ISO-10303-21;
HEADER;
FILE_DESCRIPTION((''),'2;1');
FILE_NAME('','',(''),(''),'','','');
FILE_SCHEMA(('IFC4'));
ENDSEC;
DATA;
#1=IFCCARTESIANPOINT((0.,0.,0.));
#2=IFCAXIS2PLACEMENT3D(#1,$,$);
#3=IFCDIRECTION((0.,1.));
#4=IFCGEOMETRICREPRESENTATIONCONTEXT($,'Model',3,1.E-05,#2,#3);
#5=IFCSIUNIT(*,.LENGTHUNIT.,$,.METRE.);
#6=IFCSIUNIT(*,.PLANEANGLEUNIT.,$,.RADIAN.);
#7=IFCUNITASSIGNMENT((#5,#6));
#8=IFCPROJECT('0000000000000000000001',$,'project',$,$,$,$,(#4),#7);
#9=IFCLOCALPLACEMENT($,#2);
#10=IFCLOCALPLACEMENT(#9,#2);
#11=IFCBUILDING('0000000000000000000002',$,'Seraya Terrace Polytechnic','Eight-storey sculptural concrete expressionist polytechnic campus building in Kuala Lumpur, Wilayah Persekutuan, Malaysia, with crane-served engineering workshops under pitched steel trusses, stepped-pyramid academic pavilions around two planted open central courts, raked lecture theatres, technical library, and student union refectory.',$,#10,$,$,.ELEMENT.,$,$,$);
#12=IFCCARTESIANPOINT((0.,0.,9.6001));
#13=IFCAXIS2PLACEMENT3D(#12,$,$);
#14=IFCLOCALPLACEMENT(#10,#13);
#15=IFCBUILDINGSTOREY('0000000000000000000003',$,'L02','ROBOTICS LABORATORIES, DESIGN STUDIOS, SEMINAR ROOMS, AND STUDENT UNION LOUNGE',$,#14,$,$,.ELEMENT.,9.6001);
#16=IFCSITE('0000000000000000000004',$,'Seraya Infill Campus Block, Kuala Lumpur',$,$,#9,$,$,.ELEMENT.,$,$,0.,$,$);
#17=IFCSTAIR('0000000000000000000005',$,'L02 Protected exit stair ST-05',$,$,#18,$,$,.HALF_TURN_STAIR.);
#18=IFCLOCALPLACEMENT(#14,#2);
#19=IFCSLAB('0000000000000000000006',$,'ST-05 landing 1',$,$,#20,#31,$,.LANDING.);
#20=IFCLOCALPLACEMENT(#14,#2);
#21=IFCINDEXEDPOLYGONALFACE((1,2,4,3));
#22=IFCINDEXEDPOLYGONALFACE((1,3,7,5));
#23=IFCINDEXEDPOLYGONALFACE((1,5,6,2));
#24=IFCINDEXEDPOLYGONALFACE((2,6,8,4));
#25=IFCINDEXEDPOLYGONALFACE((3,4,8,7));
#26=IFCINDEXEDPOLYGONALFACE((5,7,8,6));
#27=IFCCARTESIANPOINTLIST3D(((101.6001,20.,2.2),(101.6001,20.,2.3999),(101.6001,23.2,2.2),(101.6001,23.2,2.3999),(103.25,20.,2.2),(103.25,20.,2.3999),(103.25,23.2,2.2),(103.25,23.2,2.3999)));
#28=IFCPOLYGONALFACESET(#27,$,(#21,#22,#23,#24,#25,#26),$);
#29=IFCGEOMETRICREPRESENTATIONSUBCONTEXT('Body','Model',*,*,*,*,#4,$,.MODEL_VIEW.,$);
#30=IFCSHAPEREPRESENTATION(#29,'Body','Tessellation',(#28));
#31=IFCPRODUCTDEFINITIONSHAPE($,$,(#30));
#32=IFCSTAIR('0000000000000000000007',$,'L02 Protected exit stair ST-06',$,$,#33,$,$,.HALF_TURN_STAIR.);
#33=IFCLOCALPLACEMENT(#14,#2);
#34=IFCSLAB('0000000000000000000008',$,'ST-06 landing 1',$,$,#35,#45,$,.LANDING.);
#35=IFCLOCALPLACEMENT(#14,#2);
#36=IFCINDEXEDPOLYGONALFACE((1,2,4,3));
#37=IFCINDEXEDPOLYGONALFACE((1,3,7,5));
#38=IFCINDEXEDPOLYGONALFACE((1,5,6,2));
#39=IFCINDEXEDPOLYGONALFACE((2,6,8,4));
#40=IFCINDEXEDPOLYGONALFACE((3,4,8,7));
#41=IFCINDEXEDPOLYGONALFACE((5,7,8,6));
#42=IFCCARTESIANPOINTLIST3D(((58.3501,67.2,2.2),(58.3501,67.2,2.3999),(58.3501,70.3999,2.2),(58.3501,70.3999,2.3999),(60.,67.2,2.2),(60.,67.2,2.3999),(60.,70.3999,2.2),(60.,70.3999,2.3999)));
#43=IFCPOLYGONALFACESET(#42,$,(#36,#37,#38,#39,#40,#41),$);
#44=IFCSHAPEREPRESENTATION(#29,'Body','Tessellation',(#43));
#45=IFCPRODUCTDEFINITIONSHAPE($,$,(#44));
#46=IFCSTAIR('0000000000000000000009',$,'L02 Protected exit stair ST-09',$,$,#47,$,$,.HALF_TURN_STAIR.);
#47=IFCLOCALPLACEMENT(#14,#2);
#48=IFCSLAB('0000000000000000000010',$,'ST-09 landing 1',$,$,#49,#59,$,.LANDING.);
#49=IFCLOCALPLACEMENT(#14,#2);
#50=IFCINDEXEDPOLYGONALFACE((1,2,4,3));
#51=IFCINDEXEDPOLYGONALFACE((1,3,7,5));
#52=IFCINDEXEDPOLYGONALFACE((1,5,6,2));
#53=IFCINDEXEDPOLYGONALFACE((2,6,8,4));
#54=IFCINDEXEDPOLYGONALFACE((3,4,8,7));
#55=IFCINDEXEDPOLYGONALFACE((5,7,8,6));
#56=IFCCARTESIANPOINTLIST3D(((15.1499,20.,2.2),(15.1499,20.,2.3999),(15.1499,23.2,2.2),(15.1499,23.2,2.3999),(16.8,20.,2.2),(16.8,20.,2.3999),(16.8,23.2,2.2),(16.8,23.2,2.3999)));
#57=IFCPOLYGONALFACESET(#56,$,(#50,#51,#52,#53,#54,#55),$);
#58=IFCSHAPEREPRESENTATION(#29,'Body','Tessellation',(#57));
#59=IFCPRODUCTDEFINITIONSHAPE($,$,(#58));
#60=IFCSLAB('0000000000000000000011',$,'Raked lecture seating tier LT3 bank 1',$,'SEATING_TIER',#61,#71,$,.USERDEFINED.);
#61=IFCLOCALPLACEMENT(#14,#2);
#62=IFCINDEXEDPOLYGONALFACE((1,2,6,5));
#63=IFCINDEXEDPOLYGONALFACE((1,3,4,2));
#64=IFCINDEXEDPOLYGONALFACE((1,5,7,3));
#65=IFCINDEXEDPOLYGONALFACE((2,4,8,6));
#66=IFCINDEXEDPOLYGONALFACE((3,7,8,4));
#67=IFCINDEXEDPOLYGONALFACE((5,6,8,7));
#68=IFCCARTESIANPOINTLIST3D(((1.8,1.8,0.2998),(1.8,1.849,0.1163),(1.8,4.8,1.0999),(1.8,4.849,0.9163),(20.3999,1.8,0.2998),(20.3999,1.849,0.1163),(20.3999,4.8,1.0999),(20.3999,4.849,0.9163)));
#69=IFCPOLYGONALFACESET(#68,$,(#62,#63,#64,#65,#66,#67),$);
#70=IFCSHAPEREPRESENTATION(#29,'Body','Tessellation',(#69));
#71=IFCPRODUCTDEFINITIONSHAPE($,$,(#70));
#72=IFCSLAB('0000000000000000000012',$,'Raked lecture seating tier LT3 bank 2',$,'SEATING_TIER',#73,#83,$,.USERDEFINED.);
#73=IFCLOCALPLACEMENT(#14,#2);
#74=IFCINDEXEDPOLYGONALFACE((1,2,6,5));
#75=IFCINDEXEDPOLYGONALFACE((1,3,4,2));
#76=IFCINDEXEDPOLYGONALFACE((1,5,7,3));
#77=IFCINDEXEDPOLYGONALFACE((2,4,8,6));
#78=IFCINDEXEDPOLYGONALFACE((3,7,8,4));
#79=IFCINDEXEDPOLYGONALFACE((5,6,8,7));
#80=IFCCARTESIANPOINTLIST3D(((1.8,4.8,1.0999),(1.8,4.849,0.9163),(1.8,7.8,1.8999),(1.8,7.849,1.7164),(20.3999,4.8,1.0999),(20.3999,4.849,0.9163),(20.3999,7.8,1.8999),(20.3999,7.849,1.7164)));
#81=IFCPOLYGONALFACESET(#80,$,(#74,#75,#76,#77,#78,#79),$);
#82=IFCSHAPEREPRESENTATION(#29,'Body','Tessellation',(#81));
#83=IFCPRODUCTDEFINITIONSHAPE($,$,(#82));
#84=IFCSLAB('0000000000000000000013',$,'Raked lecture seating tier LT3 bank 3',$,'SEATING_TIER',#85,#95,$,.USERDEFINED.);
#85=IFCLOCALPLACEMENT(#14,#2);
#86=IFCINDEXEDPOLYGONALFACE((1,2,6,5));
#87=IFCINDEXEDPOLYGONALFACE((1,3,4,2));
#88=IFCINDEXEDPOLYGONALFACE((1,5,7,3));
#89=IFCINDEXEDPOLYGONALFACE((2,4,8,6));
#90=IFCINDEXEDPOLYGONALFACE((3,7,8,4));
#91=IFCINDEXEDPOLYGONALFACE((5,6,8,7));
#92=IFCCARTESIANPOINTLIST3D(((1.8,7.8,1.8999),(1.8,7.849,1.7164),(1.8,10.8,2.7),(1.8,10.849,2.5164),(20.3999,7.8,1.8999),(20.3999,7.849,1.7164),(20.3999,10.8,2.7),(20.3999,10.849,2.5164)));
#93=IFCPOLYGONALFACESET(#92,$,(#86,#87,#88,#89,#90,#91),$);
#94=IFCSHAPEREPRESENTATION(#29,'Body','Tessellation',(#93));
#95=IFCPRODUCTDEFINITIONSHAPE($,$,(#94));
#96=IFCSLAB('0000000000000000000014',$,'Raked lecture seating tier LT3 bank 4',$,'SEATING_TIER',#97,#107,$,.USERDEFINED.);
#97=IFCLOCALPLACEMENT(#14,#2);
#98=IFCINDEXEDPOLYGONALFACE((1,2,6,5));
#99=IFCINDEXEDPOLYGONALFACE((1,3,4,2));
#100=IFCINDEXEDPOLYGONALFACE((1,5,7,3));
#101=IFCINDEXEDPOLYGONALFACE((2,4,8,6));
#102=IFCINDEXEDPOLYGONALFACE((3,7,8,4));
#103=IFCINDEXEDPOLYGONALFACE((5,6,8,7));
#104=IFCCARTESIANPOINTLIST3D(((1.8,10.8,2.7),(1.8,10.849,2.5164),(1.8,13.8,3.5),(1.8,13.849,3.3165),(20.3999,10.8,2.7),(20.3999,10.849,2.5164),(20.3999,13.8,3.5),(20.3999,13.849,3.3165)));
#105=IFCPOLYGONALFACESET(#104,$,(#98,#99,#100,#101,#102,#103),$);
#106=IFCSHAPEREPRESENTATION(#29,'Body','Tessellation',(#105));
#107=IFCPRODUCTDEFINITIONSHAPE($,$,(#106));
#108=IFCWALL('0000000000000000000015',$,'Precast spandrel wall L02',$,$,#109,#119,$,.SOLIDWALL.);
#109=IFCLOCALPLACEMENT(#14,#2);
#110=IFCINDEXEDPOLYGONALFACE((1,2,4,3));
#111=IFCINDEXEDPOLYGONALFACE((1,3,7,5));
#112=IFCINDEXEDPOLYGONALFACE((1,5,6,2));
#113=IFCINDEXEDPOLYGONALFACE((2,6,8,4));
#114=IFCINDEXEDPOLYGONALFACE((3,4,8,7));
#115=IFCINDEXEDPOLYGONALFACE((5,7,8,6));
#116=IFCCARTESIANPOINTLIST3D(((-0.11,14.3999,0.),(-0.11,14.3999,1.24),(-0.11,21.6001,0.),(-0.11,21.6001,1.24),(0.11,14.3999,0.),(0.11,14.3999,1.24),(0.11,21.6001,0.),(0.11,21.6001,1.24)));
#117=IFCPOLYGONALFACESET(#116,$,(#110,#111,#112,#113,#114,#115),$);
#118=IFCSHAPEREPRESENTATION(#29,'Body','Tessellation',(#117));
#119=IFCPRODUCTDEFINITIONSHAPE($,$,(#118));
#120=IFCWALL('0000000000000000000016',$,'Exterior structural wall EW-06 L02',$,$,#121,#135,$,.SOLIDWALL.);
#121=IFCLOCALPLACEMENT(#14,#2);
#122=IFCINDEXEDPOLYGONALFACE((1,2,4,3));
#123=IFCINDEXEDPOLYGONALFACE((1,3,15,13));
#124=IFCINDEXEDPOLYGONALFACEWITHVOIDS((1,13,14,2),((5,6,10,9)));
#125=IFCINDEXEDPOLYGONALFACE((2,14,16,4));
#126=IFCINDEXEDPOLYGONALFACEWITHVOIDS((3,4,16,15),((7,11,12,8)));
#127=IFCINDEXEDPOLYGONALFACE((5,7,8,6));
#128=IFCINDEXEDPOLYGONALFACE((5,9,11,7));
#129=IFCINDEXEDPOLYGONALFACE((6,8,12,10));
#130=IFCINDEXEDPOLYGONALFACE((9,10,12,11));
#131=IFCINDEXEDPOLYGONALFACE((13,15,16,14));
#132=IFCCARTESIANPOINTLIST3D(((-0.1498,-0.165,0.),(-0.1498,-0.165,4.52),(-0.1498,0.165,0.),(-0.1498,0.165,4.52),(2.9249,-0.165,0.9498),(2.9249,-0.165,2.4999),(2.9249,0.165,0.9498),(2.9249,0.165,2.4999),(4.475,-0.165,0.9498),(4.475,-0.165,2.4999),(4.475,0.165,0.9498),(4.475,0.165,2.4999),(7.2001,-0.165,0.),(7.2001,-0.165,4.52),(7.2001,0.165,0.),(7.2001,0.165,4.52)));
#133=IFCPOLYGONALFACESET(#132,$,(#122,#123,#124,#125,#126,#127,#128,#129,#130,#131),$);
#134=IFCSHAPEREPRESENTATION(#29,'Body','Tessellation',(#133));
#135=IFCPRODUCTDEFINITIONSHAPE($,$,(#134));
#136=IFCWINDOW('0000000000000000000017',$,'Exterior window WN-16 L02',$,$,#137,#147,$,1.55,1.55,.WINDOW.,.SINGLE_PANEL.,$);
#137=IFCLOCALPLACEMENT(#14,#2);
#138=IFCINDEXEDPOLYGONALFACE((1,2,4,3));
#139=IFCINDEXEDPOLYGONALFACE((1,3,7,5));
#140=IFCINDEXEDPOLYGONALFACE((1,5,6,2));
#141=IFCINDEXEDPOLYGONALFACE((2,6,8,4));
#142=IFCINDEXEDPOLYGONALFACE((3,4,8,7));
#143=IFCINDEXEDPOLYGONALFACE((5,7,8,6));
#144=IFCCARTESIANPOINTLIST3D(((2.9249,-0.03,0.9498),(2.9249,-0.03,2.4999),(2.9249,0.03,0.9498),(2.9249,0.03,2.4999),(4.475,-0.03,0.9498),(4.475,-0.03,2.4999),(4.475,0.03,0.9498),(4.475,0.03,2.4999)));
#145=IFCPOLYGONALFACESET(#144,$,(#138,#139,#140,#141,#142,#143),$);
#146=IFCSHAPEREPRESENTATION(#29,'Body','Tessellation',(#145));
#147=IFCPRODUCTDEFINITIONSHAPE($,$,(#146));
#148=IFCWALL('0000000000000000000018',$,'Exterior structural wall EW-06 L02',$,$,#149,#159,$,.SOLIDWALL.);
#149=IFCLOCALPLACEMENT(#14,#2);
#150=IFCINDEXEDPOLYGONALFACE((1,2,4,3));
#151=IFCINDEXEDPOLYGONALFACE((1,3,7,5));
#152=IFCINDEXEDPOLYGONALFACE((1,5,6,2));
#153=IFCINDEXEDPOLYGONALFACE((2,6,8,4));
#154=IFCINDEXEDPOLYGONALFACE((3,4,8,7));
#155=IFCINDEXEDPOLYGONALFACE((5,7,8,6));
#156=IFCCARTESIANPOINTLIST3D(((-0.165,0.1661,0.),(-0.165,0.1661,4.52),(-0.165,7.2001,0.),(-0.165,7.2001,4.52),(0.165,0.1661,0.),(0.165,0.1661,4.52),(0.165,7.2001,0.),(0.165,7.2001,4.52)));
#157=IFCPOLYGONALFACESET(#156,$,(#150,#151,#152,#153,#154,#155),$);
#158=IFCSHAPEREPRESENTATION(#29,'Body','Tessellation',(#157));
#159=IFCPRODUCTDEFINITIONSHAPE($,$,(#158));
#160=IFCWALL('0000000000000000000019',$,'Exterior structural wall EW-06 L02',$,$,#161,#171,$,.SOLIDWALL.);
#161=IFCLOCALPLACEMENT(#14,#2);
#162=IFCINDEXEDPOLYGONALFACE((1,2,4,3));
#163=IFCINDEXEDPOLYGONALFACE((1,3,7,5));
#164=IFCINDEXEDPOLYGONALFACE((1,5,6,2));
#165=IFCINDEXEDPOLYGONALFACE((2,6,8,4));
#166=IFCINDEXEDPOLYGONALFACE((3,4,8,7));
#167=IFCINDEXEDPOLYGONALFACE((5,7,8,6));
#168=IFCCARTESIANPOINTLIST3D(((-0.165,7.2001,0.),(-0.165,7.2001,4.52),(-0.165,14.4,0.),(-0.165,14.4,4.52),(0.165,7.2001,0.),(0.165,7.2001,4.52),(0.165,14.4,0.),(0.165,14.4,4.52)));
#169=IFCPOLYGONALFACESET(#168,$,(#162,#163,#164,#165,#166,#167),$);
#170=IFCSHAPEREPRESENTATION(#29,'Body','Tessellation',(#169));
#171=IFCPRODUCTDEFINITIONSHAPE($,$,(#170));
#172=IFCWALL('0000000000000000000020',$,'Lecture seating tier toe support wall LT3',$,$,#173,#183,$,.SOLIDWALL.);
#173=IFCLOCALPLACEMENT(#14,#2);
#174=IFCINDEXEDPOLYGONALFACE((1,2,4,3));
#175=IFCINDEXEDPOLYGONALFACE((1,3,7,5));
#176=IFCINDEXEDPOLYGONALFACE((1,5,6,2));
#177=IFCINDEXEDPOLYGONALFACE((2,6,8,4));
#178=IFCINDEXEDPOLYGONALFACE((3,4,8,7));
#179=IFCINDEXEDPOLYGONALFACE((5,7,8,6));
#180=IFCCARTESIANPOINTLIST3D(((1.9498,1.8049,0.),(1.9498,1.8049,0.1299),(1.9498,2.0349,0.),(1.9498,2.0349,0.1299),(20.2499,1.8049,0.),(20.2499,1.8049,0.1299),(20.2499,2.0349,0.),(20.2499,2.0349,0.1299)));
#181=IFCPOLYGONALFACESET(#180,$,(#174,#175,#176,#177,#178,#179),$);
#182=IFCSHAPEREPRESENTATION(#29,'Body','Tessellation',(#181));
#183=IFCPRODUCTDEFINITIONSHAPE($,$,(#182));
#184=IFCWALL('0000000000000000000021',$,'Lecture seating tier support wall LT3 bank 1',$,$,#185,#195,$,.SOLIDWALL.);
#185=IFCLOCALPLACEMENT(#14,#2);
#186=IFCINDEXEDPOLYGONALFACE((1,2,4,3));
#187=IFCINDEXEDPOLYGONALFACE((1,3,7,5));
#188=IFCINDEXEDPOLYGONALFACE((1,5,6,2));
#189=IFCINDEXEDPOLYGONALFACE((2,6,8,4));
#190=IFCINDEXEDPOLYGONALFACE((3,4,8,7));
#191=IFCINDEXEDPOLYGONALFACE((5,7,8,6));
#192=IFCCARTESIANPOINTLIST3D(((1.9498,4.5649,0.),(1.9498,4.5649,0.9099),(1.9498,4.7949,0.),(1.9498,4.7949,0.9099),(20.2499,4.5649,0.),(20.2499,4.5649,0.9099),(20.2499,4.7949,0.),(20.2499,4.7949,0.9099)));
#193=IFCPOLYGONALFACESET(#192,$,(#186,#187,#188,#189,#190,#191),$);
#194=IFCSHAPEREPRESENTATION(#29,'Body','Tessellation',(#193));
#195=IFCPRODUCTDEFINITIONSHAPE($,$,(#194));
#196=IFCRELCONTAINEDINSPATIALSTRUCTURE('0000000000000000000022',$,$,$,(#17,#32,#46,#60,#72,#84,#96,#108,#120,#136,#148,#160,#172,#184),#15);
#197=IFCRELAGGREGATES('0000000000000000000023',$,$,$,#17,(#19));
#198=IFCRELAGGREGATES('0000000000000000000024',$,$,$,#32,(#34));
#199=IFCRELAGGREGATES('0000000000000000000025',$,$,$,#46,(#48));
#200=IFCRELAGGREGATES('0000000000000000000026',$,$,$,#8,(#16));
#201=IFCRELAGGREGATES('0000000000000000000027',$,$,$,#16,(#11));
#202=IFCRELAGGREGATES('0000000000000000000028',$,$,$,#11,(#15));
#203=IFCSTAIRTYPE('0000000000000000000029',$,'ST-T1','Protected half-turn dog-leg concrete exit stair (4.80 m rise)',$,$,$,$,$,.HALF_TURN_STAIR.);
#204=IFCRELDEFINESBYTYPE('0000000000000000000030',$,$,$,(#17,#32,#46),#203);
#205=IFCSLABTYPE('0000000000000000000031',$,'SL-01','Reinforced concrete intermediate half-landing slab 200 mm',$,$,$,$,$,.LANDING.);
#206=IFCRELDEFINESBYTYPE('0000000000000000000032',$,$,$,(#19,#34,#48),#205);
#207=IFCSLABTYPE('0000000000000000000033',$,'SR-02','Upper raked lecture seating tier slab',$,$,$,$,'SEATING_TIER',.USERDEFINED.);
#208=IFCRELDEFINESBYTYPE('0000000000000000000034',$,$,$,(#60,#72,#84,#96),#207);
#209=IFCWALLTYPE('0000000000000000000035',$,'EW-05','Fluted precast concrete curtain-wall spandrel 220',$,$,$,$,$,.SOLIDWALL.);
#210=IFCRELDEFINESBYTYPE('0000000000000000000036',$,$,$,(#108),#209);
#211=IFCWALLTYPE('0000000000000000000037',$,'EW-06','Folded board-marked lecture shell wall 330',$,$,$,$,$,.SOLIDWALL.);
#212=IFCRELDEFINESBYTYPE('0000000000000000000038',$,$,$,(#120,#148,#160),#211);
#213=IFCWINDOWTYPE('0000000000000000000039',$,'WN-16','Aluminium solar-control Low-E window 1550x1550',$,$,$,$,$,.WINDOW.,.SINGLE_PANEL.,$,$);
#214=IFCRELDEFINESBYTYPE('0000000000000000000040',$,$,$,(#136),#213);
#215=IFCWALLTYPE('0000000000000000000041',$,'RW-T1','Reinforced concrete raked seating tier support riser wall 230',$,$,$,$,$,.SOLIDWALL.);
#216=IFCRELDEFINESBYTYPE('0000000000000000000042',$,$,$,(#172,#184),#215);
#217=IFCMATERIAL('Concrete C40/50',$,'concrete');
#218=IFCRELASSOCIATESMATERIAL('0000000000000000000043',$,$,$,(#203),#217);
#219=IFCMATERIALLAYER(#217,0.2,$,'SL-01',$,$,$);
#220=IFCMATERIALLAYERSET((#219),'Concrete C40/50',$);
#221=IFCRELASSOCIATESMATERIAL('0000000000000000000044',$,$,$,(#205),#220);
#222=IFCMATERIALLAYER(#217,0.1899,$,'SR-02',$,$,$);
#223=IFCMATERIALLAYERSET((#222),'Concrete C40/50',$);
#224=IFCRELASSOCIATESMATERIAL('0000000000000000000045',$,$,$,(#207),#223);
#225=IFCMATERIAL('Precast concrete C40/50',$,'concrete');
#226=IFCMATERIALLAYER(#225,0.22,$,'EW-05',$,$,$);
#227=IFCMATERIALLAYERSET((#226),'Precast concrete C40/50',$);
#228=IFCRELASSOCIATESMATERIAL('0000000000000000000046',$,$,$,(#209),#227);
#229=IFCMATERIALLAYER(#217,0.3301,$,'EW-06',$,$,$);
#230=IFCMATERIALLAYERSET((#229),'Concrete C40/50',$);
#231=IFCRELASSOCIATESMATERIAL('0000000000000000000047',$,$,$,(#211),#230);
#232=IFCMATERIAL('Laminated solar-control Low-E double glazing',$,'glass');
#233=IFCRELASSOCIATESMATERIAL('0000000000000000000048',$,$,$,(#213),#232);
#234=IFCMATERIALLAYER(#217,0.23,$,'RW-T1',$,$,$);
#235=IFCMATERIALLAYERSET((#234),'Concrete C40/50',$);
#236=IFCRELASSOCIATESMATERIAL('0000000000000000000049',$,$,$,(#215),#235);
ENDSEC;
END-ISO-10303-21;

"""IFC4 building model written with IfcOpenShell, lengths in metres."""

from ifc_helpers import new_model, si_unit, direction, frame, frame_2d, origin, place, context, subcontext, project, spatial, polyline, rectangle, outline, extrude, material, layer, layer_set, type_object, element, fill, aggregate, save


model = new_model("IFC4")

# Units and contexts
model_context = context("Model", 3, precision=1e-05, world=origin(), true_north=direction((0.0, 1.0)))
body_context = subcontext(model_context, "Body", "Model", "MODEL_VIEW")
ifc_project = project(units=[si_unit("LENGTHUNIT", "METRE"), si_unit("PLANEANGLEUNIT", "RADIAN")], contexts=[model_context])

# Site, building, storey
site_placement = place(None, origin())
site = spatial("IfcSite", under=ifc_project, at=site_placement, Name="Seraya Infill Campus Block, Kuala Lumpur", CompositionType="ELEMENT", RefElevation=0.0)
building_placement = place(site_placement, origin())
building = spatial("IfcBuilding", under=site, at=building_placement, Name="Seraya Terrace Polytechnic", Description="Eight-storey sculptural concrete expressionist polytechnic campus building in Kuala Lumpur, Wilayah Persekutuan, Malaysia, with crane-served engineering workshops under pitched steel trusses, stepped-pyramid academic pavilions around two planted open central courts, raked lecture theatres, technical library, and student union refectory.", CompositionType="ELEMENT")
storey_placement = place(building_placement, frame((0.0, 0.0, 9.6001)))
storey = spatial("IfcBuildingStorey", under=building, at=storey_placement, Name="L02", Description="ROBOTICS LABORATORIES, DESIGN STUDIOS, SEMINAR ROOMS, AND STUDENT UNION LOUNGE", CompositionType="ELEMENT", Elevation=9.6001)

# Shared definitions
ifc_material_1 = material(Name="Concrete C40/50", Category="concrete")

# Stairs, slabs
stair_type = type_object("IfcStairType", Name="ST-T1", Description="Protected half-turn dog-leg concrete exit stair (4.80 m rise)", PredefinedType="HALF_TURN_STAIR", material=ifc_material_1)
ifc_layer_1 = layer(ifc_material_1, 0.2, Name="SL-01")
ifc_layer_set_1 = layer_set([ifc_layer_1], Name="Concrete C40/50")
slab_type_1 = type_object("IfcSlabType", Name="SL-01", Description="Reinforced concrete intermediate half-landing slab 200 mm", PredefinedType="LANDING", material=ifc_layer_set_1)
stair_1_placement = place(storey_placement, origin())
stair_1 = element("IfcStair", 1, at=stair_1_placement, inside=storey, type_object=stair_type, Name="L02 Protected exit stair ST-05", PredefinedType="HALF_TURN_STAIR")
slab_1_placement = place(storey_placement, frame((0.0, 0.0, 2.2)))
slab_1 = element("IfcSlab", 2, at=slab_1_placement, type_object=slab_type_1, Name="ST-05 landing 1", PredefinedType="LANDING", context=body_context, shape_type="SweptSolid", body=[
    extrude(outline(polyline([(101.6001, 20.0), (103.25, 20.0), (103.25, 23.2), (101.6001, 23.2), (101.6001, 20.0)])), origin(), (0.0, 0.0, 1.0), 0.2),
])
aggregate(stair_1, [slab_1])
stair_2_placement = place(storey_placement, origin())
stair_2 = element("IfcStair", 3, at=stair_2_placement, inside=storey, type_object=stair_type, Name="L02 Protected exit stair ST-06", PredefinedType="HALF_TURN_STAIR")
slab_2_placement = place(storey_placement, frame((0.0, 0.0, 2.2)))
slab_2 = element("IfcSlab", 4, at=slab_2_placement, type_object=slab_type_1, Name="ST-06 landing 1", PredefinedType="LANDING", context=body_context, shape_type="SweptSolid", body=[
    extrude(outline(polyline([(58.3501, 67.2), (60.0, 67.2), (60.0, 70.3999), (58.3501, 70.3999), (58.3501, 67.2)])), origin(), (0.0, 0.0, 1.0), 0.2),
])
aggregate(stair_2, [slab_2])
stair_3_placement = place(storey_placement, origin())
stair_3 = element("IfcStair", 5, at=stair_3_placement, inside=storey, type_object=stair_type, Name="L02 Protected exit stair ST-09", PredefinedType="HALF_TURN_STAIR")
slab_3_placement = place(storey_placement, frame((0.0, 0.0, 2.2)))
slab_3 = element("IfcSlab", 6, at=slab_3_placement, type_object=slab_type_1, Name="ST-09 landing 1", PredefinedType="LANDING", context=body_context, shape_type="SweptSolid", body=[
    extrude(outline(polyline([(15.1499, 20.0), (16.8, 20.0), (16.8, 23.2), (15.1499, 23.2), (15.1499, 20.0)])), origin(), (0.0, 0.0, 1.0), 0.2),
])
aggregate(stair_3, [slab_3])

# Slabs
ifc_layer_2 = layer(ifc_material_1, 0.1899, Name="SR-02")
ifc_layer_set_2 = layer_set([ifc_layer_2], Name="Concrete C40/50")
slab_type_2 = type_object("IfcSlabType", Name="SR-02", Description="Upper raked lecture seating tier slab", ElementType="SEATING_TIER", PredefinedType="USERDEFINED", material=ifc_layer_set_2)
for number, where, z_axis, x_axis, name in (
    (7, (1.8, 1.8, 0.2998), (0.0, -0.257677, 0.966231), (1.0, 0.0, 0.0), "Raked lecture seating tier LT3 bank 1"),
    (8, (1.8, 4.8, 1.0999), (0.0, -0.257677, 0.966231), (1.0, 0.0, 0.0), "Raked lecture seating tier LT3 bank 2"),
    (9, (1.8, 7.8, 1.8999), (0.0, -0.257677, 0.966231), (1.0, 0.0, 0.0), "Raked lecture seating tier LT3 bank 3"),
    (10, (1.8, 10.8, 2.7), (0.0, -0.257677, 0.966231), (1.0, 0.0, 0.0), "Raked lecture seating tier LT3 bank 4"),
):
    element("IfcSlab", number, at=place(storey_placement, frame(where, z_axis=z_axis, x_axis=x_axis)), inside=storey, type_object=slab_type_2, Name=name, ObjectType="SEATING_TIER", PredefinedType="USERDEFINED", context=body_context, shape_type="SweptSolid", body=[
        extrude(outline(polyline([(0.0, 0.0), (18.5999, 0.0), (18.5999, 3.1048), (0.0, 3.1048), (0.0, 0.0)])), origin(), (0.0, 0.0, -1.0), 0.1899),
    ])

# Wall
ifc_material_2 = material(Name="Precast concrete C40/50", Category="concrete")
ifc_layer_3 = layer(ifc_material_2, 0.22, Name="EW-05")
ifc_layer_set_3 = layer_set([ifc_layer_3], Name="Precast concrete C40/50")
wall_type_1 = type_object("IfcWallType", Name="EW-05", Description="Fluted precast concrete curtain-wall spandrel 220", PredefinedType="SOLIDWALL", material=ifc_layer_set_3)
wall_1_placement = place(storey_placement, frame((0.0, 14.3999, 0.0), z_axis=(0.0, 0.0, 1.0), x_axis=(0.0, 1.0, 0.0)))
element("IfcWall", 11, at=wall_1_placement, inside=storey, type_object=wall_type_1, Name="Precast spandrel wall L02", PredefinedType="SOLIDWALL", context=body_context, shape_type="SweptSolid", body=[
    extrude(rectangle(XDim=7.2002, YDim=0.22, at=frame_2d((3.6001, 0.0))), origin(), (0.0, 0.0, 1.0), 1.24),
])

# Wall, opening, window
ifc_layer_4 = layer(ifc_material_1, 0.3301, Name="EW-06")
ifc_layer_set_4 = layer_set([ifc_layer_4], Name="Concrete C40/50")
wall_type_2 = type_object("IfcWallType", Name="EW-06", Description="Folded board-marked lecture shell wall 330", PredefinedType="SOLIDWALL", material=ifc_layer_set_4)
wall_2_placement = place(storey_placement, frame((7.2, 0.0, 0.0), z_axis=(0.0, 0.0, 1.0), x_axis=(-1.0, 0.0, 0.0)))
wall_2 = element("IfcWall", 12, at=wall_2_placement, inside=storey, type_object=wall_type_2, Name="Exterior structural wall EW-06 L02", PredefinedType="SOLIDWALL", context=body_context, shape_type="SweptSolid", body=[
    extrude(rectangle(XDim=7.3499, YDim=0.3301, at=frame_2d((3.6748, 0.0))), origin(), (0.0, 0.0, 1.0), 4.52),
])
opening_placement = place(wall_2_placement, frame((2.7251, 0.0, 0.95)))
opening = element("IfcOpeningElement", 13, at=opening_placement, cuts=wall_2, PredefinedType="OPENING", context=body_context, shape_type="SweptSolid", body=[
    extrude(rectangle(XDim=1.55, YDim=1.55, at=frame_2d((0.7749, 0.7749))), frame((0.0, 0.177, 0.0), z_axis=(0.0, -1.0, 0.0), x_axis=(1.0, 0.0, 0.0)), (0.0, 0.0, 1.0), 0.354),
])
ifc_material_3 = material(Name="Laminated solar-control Low-E double glazing", Category="glass")
window_type = type_object("IfcWindowType", Name="WN-16", Description="Aluminium solar-control Low-E window 1550x1550", PartitioningType="SINGLE_PANEL", PredefinedType="WINDOW", material=ifc_material_3)
window_placement = place(opening_placement, origin())
window = element("IfcWindow", 14, at=window_placement, inside=storey, type_object=window_type, Name="Exterior window WN-16 L02", OverallHeight=1.55, OverallWidth=1.55, PartitioningType="SINGLE_PANEL", PredefinedType="WINDOW", context=body_context, shape_type="SweptSolid", body=[
    extrude(rectangle(XDim=1.55, YDim=1.55, at=frame_2d((0.7749, 0.7749))), frame((0.0, 0.03, 0.0), z_axis=(0.0, -1.0, 0.0), x_axis=(1.0, 0.0, 0.0)), (0.0, 0.0, 1.0), 0.0601),
])
fill(opening, window)

# Walls
wall_3_placement = place(storey_placement, frame((0.0, 0.166, 0.0), z_axis=(0.0, 0.0, 1.0), x_axis=(0.0, 1.0, 0.0)))
element("IfcWall", 15, at=wall_3_placement, inside=storey, type_object=wall_type_2, Name="Exterior structural wall EW-06 L02", PredefinedType="SOLIDWALL", context=body_context, shape_type="SweptSolid", body=[
    extrude(rectangle(XDim=7.0339, YDim=0.3301, at=frame_2d((3.5171, 0.0))), origin(), (0.0, 0.0, 1.0), 4.52),
])
wall_4_placement = place(storey_placement, frame((0.0, 7.2, 0.0), z_axis=(0.0, 0.0, 1.0), x_axis=(0.0, 1.0, 0.0)))
element("IfcWall", 16, at=wall_4_placement, inside=storey, type_object=wall_type_2, Name="Exterior structural wall EW-06 L02", PredefinedType="SOLIDWALL", context=body_context, shape_type="SweptSolid", body=[
    extrude(rectangle(XDim=7.2, YDim=0.3301, at=frame_2d((3.6001, 0.0))), origin(), (0.0, 0.0, 1.0), 4.52),
])
ifc_layer_5 = layer(ifc_material_1, 0.23, Name="RW-T1")
ifc_layer_set_5 = layer_set([ifc_layer_5], Name="Concrete C40/50")
wall_type_3 = type_object("IfcWallType", Name="RW-T1", Description="Reinforced concrete raked seating tier support riser wall 230", PredefinedType="SOLIDWALL", material=ifc_layer_set_5)
wall_5_placement = place(storey_placement, frame((1.95, 1.9199, 0.0), z_axis=(0.0, 0.0, 1.0), x_axis=(1.0, 0.0, 0.0)))
element("IfcWall", 17, at=wall_5_placement, inside=storey, type_object=wall_type_3, Name="Lecture seating tier toe support wall LT3", PredefinedType="SOLIDWALL", context=body_context, shape_type="SweptSolid", body=[
    extrude(rectangle(XDim=18.3, YDim=0.23, at=frame_2d((9.1499, 0.0))), origin(), (0.0, 0.0, 1.0), 0.1299),
])
wall_6_placement = place(storey_placement, frame((1.95, 4.6799, 0.0), z_axis=(0.0, 0.0, 1.0), x_axis=(1.0, 0.0, 0.0)))
element("IfcWall", 18, at=wall_6_placement, inside=storey, type_object=wall_type_3, Name="Lecture seating tier support wall LT3 bank 1", PredefinedType="SOLIDWALL", context=body_context, shape_type="SweptSolid", body=[
    extrude(rectangle(XDim=18.3, YDim=0.23, at=frame_2d((9.1499, 0.0))), origin(), (0.0, 0.0, 1.0), 0.9099),
])

save(model, "model.ifc")
